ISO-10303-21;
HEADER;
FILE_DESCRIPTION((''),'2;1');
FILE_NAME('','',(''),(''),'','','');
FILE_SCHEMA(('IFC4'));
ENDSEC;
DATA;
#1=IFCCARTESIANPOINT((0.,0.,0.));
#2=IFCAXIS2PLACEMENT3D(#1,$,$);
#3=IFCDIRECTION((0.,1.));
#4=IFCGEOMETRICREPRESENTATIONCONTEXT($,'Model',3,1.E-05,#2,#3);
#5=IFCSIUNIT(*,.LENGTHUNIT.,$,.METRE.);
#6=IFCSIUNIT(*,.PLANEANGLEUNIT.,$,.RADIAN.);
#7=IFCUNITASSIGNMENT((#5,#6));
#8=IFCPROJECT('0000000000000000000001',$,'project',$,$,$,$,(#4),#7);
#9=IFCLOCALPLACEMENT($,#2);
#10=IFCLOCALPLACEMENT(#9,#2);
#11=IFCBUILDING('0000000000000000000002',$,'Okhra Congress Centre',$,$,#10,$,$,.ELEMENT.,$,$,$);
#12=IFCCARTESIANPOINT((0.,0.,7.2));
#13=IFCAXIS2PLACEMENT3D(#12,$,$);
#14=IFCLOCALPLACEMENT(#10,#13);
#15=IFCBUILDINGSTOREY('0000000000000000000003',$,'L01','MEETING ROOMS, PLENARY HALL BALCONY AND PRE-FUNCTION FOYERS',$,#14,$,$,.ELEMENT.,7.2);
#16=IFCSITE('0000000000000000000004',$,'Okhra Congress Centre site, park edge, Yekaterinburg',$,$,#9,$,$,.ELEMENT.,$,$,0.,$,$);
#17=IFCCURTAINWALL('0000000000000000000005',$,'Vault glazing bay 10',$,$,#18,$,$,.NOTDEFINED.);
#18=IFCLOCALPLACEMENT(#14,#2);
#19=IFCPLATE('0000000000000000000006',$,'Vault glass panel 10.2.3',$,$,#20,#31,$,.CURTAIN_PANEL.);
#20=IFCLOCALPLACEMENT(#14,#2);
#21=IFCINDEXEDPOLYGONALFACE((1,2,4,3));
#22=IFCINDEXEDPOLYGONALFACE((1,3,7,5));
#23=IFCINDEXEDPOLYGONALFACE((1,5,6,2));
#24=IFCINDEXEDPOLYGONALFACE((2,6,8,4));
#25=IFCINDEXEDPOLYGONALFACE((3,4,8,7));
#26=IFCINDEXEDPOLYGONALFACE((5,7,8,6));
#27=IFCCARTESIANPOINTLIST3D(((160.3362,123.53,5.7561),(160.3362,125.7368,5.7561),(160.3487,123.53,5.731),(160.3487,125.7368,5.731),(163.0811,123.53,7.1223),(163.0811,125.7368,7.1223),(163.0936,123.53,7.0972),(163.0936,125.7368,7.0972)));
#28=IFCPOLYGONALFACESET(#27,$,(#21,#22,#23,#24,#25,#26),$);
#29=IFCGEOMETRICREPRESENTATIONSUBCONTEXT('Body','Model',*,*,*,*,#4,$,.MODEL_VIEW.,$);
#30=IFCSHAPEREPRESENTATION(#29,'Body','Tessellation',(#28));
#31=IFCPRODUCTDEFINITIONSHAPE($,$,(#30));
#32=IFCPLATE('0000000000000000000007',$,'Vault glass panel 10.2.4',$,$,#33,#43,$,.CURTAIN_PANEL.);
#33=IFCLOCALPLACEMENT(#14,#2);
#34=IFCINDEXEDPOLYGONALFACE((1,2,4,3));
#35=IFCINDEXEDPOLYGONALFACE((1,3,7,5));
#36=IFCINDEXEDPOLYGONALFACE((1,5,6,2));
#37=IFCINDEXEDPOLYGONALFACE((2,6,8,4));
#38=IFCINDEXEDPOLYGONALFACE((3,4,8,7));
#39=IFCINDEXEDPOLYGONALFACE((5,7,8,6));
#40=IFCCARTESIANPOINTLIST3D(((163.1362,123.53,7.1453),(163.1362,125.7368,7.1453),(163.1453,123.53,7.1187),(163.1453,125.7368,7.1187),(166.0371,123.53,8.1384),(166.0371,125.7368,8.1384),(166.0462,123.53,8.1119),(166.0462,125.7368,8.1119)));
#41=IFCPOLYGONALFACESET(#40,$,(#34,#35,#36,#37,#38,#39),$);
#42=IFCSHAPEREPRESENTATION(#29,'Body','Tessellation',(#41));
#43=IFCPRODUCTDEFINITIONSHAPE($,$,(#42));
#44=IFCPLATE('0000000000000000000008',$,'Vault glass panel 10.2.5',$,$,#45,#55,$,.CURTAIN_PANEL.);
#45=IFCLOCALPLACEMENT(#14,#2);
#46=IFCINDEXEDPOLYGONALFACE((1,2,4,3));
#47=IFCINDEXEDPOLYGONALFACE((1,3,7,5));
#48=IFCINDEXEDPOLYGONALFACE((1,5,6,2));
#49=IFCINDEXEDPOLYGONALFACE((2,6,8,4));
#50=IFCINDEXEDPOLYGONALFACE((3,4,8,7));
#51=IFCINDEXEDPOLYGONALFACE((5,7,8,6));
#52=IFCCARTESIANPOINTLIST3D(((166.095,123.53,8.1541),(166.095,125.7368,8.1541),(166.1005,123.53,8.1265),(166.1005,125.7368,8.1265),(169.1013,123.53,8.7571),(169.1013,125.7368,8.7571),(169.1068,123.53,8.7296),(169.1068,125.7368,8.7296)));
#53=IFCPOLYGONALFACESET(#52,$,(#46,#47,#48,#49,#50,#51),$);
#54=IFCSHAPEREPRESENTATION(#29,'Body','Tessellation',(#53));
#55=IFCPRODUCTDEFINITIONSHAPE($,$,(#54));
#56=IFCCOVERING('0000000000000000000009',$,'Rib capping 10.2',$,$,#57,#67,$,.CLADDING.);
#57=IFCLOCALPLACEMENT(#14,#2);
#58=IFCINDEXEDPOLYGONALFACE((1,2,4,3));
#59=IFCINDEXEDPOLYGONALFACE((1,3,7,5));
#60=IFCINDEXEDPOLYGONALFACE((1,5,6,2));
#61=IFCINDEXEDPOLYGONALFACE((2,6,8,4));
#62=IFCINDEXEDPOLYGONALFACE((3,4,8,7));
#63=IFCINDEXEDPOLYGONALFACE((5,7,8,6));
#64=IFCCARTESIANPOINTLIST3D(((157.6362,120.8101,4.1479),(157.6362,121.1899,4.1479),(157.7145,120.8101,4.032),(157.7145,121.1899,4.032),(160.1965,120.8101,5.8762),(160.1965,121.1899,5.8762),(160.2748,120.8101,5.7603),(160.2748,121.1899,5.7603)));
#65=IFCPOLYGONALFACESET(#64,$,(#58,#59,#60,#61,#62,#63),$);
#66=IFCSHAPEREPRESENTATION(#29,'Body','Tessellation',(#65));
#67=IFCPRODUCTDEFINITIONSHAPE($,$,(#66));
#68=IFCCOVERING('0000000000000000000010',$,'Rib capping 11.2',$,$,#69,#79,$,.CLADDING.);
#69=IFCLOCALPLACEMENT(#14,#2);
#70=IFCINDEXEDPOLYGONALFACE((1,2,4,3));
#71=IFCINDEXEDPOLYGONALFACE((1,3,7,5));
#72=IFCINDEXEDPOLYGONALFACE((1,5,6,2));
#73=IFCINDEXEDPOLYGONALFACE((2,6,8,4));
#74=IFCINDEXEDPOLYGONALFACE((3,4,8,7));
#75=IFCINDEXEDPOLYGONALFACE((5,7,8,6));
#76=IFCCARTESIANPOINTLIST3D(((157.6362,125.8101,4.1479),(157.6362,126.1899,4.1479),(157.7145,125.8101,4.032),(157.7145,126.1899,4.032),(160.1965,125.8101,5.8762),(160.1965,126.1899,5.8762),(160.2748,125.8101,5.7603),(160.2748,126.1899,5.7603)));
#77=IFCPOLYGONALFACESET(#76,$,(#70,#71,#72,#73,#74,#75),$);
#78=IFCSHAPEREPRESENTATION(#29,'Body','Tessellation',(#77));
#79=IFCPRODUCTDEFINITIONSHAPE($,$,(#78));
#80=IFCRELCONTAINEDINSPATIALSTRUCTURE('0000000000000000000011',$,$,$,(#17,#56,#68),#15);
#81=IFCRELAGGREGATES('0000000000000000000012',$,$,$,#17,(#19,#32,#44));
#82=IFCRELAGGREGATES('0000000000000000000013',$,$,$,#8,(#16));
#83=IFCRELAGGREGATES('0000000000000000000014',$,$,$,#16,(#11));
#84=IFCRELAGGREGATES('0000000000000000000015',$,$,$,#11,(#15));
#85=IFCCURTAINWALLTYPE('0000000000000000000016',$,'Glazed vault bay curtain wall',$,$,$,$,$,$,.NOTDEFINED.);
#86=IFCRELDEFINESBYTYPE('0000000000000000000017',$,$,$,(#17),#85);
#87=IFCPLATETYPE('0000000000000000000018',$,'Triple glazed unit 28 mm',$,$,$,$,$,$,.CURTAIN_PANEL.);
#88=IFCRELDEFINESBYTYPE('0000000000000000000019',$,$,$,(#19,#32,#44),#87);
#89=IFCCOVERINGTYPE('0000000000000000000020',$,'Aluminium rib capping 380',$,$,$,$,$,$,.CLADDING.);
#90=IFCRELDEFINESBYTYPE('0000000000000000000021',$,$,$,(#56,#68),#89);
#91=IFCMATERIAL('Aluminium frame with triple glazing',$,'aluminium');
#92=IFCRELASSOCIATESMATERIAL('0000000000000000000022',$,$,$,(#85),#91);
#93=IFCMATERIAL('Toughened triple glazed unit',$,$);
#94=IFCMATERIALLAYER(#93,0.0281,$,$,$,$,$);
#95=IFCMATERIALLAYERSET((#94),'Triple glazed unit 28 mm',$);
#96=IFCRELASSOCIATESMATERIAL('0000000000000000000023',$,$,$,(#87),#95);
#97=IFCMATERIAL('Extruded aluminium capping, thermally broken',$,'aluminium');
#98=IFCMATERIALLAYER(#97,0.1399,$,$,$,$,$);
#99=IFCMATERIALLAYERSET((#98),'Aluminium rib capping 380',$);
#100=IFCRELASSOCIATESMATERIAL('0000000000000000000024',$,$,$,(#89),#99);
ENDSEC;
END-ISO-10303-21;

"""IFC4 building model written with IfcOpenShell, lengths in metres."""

from ifc_helpers import new_model, si_unit, direction, frame, origin, place, context, subcontext, project, spatial, polyline, outline, extrude, material, layer, layer_set, type_object, element, aggregate, save


model = new_model("IFC4")

# Units and contexts
model_context = context("Model", 3, precision=1e-05, world=origin(), true_north=direction((0.0, 1.0)))
body_context = subcontext(model_context, "Body", "Model", "MODEL_VIEW")
ifc_project = project(units=[si_unit("LENGTHUNIT", "METRE"), si_unit("PLANEANGLEUNIT", "RADIAN")], contexts=[model_context])

# Site, building, storey
site_placement = place(None, origin())
site = spatial("IfcSite", under=ifc_project, at=site_placement, Name="Okhra Congress Centre site, park edge, Yekaterinburg", CompositionType="ELEMENT", RefElevation=0.0)
building_placement = place(site_placement, origin())
building = spatial("IfcBuilding", under=site, at=building_placement, Name="Okhra Congress Centre", CompositionType="ELEMENT")
storey_placement = place(building_placement, frame((0.0, 0.0, 7.2)))
storey = spatial("IfcBuildingStorey", under=building, at=storey_placement, Name="L01", Description="MEETING ROOMS, PLENARY HALL BALCONY AND PRE-FUNCTION FOYERS", CompositionType="ELEMENT", Elevation=7.2)

# Curtain wall
ifc_material_1 = material(Name="Aluminium frame with triple glazing", Category="aluminium")
curtain_wall_type = type_object("IfcCurtainWallType", Name="Glazed vault bay curtain wall", PredefinedType="NOTDEFINED", material=ifc_material_1)
curtain_wall_1_placement = place(storey_placement, origin())
curtain_wall_1 = element("IfcCurtainWall", 1, at=curtain_wall_1_placement, inside=storey, type_object=curtain_wall_type, Name="Vault glazing bay 10", PredefinedType="NOTDEFINED")

# Plates
ifc_material_2 = material(Name="Toughened triple glazed unit")
ifc_layer_1 = layer(ifc_material_2, 0.0281)
ifc_layer_set_1 = layer_set([ifc_layer_1], Name="Triple glazed unit 28 mm")
plate_type_1 = type_object("IfcPlateType", Name="Triple glazed unit 28 mm", PredefinedType="CURTAIN_PANEL", material=ifc_layer_set_1)
plate_1_placement = place(storey_placement, frame((160.3362, 123.53, 5.7561), z_axis=(-0.445588, 0.0, 0.895238), x_axis=(0.895238, 0.0, 0.445588)))
plate_1 = element("IfcPlate", 2, at=plate_1_placement, type_object=plate_type_1, Name="Vault glass panel 10.2.3", PredefinedType="CURTAIN_PANEL", context=body_context, shape_type="SweptSolid", body=[
    extrude(outline(polyline([(0.0, 0.0), (3.0661, 0.0), (3.0661, 2.2068), (0.0, 2.2068), (0.0, 0.0)])), origin(), (0.0, 0.0, -1.0), 0.0281),
])
plate_2_placement = place(storey_placement, frame((163.1362, 123.53, 7.1453), z_axis=(-0.323909, 0.0, 0.946088), x_axis=(0.946088, 0.0, 0.323909)))
plate_2 = element("IfcPlate", 3, at=plate_2_placement, type_object=plate_type_1, Name="Vault glass panel 10.2.4", PredefinedType="CURTAIN_PANEL", context=body_context, shape_type="SweptSolid", body=[
    extrude(outline(polyline([(0.0, 0.0), (3.0662, 0.0), (3.0662, 2.2068), (0.0, 2.2068), (0.0, 0.0)])), origin(), (0.0, 0.0, -1.0), 0.0281),
])
plate_3_placement = place(storey_placement, frame((166.095, 123.53, 8.1541), z_axis=(-0.196667, 0.0, 0.98047), x_axis=(0.98047, 0.0, 0.196667)))
plate_3 = element("IfcPlate", 4, at=plate_3_placement, type_object=plate_type_1, Name="Vault glass panel 10.2.5", PredefinedType="CURTAIN_PANEL", context=body_context, shape_type="SweptSolid", body=[
    extrude(outline(polyline([(0.0, 0.0), (3.0662, 0.0), (3.0662, 2.2068), (0.0, 2.2068), (0.0, 0.0)])), origin(), (0.0, 0.0, -1.0), 0.0281),
])
aggregate(curtain_wall_1, [plate_1, plate_2, plate_3])

# Coverings
ifc_material_3 = material(Name="Extruded aluminium capping, thermally broken", Category="aluminium")
ifc_layer_2 = layer(ifc_material_3, 0.1399)
ifc_layer_set_2 = layer_set([ifc_layer_2], Name="Aluminium rib capping 380")
covering_type = type_object("IfcCoveringType", Name="Aluminium rib capping 380", PredefinedType="CLADDING", material=ifc_layer_set_2)
for number, where, z_axis, x_axis, name in (
    (5, (157.6362, 120.8101, 4.1479), (-0.559488, 0.0, 0.828839), (0.828839, 0.0, 0.559488), "Rib capping 10.2"),
    (6, (157.6362, 125.8101, 4.1479), (-0.559488, 0.0, 0.828839), (0.828839, 0.0, 0.559488), "Rib capping 11.2"),
):
    element("IfcCovering", number, at=place(storey_placement, frame(where, z_axis=z_axis, x_axis=x_axis)), inside=storey, type_object=covering_type, Name=name, PredefinedType="CLADDING", context=body_context, shape_type="SweptSolid", body=[
        extrude(outline(polyline([(0.0, 0.0), (3.089, 0.0), (3.089, 0.3799), (0.0, 0.3799), (0.0, 0.0)])), origin(), (0.0, 0.0, -1.0), 0.1399),
    ])

save(model, "model.ifc")
